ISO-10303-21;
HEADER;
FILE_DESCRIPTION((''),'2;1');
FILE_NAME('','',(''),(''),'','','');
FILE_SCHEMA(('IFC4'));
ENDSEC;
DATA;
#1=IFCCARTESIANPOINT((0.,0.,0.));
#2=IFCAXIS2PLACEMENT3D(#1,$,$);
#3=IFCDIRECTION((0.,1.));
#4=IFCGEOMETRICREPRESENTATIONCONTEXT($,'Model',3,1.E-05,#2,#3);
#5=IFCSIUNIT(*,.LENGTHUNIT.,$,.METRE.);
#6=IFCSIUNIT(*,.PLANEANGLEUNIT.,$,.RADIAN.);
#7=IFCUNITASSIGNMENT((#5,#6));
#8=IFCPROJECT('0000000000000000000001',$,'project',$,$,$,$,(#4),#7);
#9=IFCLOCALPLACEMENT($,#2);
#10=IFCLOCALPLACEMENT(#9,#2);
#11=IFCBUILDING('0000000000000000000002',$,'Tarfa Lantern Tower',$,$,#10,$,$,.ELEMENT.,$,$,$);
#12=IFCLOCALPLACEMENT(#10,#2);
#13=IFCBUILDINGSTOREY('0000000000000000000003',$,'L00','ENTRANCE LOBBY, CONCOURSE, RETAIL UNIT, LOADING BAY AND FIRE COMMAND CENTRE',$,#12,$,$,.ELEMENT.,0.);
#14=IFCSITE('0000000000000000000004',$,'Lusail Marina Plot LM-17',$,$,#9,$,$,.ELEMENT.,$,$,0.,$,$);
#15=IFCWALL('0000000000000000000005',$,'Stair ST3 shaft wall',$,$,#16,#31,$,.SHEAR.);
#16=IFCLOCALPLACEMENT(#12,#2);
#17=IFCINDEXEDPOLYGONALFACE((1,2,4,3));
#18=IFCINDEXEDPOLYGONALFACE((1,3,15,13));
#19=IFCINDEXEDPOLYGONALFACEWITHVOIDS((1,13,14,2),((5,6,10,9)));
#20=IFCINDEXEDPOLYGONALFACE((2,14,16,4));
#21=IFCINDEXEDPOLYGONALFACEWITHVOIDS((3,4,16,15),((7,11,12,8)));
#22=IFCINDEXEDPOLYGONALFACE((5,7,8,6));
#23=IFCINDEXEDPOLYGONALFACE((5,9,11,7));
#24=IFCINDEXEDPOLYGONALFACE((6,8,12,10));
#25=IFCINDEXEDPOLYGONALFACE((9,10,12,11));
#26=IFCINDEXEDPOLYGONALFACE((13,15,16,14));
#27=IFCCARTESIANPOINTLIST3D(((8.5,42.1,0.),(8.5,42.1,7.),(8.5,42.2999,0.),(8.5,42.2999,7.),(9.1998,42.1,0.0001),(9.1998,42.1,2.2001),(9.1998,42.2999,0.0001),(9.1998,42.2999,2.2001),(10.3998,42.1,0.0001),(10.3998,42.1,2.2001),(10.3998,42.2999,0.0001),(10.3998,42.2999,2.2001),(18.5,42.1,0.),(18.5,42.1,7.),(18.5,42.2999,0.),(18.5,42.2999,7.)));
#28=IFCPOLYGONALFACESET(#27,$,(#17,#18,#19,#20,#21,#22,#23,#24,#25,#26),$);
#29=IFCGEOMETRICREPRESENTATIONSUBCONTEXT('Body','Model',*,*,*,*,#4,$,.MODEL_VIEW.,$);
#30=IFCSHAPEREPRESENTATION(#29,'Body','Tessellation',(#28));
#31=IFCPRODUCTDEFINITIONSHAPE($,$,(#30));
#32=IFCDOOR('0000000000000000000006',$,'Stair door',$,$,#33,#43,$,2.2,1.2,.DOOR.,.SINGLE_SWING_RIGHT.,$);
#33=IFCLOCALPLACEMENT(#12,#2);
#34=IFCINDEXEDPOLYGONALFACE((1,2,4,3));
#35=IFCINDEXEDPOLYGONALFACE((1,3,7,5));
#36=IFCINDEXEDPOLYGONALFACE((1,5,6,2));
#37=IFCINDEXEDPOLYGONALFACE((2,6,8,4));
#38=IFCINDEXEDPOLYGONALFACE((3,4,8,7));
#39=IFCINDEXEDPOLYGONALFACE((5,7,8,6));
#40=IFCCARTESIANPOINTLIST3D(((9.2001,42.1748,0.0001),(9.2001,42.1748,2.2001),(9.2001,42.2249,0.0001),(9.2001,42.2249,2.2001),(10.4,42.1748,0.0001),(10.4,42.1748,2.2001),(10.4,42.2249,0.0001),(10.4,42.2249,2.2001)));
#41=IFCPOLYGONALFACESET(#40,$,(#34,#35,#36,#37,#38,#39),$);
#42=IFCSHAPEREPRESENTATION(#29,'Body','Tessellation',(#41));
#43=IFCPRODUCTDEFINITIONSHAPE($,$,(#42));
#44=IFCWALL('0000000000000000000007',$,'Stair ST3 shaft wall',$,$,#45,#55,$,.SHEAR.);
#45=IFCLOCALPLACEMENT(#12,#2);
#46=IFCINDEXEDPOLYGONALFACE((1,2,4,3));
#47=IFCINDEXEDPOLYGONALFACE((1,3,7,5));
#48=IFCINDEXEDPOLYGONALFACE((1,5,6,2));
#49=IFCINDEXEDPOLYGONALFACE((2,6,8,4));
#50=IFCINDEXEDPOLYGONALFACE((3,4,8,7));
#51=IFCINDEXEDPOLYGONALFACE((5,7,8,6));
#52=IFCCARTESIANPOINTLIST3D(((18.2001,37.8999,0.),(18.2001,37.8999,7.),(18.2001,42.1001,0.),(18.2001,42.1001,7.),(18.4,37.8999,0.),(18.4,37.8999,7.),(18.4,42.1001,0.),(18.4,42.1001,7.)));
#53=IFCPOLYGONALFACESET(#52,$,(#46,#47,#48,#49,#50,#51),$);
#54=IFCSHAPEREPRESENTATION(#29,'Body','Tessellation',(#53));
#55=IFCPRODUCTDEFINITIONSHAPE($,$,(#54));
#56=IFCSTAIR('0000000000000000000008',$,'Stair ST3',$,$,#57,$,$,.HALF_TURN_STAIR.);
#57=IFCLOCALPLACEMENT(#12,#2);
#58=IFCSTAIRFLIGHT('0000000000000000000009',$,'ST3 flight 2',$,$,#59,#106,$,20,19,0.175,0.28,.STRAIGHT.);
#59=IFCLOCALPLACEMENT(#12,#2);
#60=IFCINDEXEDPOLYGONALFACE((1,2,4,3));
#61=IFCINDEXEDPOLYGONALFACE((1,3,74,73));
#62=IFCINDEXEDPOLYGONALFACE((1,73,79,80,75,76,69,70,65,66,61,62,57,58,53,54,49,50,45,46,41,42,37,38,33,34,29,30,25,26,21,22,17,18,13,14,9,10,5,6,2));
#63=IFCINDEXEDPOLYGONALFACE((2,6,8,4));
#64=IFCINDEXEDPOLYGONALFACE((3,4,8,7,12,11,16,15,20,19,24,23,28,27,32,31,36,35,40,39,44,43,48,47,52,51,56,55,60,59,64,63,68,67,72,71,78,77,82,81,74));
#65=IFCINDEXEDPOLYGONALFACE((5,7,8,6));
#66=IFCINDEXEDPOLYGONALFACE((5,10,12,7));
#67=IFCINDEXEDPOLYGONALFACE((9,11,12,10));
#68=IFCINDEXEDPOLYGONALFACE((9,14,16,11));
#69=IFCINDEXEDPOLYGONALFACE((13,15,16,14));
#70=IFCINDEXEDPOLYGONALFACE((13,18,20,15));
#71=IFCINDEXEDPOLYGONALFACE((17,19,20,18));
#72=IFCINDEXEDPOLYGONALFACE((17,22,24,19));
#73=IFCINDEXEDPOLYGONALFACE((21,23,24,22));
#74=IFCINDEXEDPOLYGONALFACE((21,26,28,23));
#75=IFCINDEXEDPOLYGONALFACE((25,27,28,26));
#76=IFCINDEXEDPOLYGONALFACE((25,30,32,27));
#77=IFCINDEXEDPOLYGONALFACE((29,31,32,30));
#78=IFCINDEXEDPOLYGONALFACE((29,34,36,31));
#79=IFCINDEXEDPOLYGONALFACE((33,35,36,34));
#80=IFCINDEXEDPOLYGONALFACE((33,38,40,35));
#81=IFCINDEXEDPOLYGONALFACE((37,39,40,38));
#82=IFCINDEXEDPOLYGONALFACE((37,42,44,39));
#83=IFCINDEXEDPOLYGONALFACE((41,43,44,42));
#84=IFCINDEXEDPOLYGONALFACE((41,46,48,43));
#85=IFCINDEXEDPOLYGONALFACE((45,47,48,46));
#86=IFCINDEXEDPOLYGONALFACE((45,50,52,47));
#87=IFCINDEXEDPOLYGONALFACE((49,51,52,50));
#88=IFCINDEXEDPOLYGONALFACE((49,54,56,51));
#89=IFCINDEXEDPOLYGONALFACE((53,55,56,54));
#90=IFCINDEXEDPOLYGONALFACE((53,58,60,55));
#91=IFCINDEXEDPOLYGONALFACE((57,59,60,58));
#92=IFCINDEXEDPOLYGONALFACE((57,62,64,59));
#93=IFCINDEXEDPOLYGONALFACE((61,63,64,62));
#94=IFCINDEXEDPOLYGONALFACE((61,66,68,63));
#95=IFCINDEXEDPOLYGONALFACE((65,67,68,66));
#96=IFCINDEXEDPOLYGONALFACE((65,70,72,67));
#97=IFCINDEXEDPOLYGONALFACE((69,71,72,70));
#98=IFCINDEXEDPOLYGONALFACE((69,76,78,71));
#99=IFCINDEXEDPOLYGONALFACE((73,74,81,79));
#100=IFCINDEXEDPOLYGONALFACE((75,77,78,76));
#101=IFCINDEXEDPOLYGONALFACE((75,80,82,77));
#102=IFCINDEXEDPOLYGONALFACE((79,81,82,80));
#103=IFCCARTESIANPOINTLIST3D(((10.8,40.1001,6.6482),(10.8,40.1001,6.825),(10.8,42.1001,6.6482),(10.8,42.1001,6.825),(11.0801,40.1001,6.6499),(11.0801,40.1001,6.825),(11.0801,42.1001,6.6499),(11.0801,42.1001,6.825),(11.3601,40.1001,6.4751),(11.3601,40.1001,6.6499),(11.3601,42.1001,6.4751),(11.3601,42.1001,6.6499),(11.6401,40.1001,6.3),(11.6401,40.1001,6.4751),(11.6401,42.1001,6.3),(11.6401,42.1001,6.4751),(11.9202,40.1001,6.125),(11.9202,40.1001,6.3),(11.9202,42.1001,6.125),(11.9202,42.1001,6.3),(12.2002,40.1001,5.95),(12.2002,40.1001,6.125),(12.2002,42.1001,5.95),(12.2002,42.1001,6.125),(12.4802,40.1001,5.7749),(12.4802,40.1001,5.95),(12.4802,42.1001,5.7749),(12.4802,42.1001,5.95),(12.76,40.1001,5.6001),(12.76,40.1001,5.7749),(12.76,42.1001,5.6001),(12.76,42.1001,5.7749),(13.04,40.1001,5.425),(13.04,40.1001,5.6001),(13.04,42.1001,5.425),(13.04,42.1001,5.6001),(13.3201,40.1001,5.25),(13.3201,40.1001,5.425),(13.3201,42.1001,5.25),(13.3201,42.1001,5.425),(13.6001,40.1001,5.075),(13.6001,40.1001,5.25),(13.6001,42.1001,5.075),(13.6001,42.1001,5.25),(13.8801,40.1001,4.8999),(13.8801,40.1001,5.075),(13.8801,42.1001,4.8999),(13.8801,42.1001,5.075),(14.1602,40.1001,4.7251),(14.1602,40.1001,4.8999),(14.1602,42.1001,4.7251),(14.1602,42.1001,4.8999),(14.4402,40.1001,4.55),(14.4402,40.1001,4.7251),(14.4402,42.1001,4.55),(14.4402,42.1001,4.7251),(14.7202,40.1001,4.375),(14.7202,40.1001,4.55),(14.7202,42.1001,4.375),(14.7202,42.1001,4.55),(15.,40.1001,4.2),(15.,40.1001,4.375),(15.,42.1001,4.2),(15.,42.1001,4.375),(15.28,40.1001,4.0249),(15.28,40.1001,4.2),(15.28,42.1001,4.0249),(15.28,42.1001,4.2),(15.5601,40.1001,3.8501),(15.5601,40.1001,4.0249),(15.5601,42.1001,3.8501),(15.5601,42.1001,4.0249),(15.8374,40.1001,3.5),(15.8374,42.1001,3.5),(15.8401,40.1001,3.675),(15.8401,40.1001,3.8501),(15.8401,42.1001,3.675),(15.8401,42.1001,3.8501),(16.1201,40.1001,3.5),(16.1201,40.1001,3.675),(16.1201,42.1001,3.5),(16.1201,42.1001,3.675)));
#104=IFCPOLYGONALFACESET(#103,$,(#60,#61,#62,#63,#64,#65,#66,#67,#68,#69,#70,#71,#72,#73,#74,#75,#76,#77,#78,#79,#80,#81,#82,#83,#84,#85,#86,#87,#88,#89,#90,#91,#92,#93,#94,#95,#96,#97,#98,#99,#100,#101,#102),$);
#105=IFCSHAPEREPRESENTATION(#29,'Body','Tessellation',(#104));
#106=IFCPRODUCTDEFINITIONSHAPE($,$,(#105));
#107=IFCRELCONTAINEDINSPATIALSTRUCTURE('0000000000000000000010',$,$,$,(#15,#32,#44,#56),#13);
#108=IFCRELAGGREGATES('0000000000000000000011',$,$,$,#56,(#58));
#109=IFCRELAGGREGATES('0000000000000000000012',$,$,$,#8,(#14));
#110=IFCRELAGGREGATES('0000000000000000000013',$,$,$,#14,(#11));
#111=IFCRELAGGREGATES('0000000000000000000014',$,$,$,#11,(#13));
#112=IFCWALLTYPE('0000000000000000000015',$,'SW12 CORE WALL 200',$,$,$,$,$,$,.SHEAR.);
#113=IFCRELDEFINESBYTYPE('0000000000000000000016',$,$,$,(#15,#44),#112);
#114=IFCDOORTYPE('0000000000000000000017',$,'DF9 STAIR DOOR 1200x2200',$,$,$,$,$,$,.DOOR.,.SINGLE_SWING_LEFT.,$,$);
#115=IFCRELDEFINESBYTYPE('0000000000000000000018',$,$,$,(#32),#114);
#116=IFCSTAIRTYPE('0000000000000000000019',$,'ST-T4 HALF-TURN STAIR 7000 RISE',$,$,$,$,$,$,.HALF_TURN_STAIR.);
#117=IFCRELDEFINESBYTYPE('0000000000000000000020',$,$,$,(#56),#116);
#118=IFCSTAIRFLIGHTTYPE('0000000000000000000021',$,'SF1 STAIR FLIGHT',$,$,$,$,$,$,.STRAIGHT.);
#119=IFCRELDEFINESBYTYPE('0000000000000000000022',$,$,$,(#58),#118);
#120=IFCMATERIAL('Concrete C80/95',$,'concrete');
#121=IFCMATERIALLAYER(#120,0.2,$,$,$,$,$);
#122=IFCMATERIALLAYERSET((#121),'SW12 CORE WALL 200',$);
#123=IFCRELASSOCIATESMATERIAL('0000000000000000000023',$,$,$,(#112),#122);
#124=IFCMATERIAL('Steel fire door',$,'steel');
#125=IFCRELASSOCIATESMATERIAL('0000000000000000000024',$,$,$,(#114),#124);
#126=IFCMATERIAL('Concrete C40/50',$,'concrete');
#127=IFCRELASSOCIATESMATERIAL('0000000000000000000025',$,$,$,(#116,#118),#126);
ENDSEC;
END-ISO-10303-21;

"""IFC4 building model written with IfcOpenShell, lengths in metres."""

from ifc_helpers import new_model, si_unit, direction, frame, frame_2d, origin, place, context, subcontext, project, spatial, polyline, rectangle, outline, extrude, material, layer, layer_set, type_object, element, fill, aggregate, save


model = new_model("IFC4")

# Units and contexts
model_context = context("Model", 3, precision=1e-05, world=origin(), true_north=direction((0.0, 1.0)))
body_context = subcontext(model_context, "Body", "Model", "MODEL_VIEW")
ifc_project = project(units=[si_unit("LENGTHUNIT", "METRE"), si_unit("PLANEANGLEUNIT", "RADIAN")], contexts=[model_context])

# Site, building, storey
site_placement = place(None, origin())
site = spatial("IfcSite", under=ifc_project, at=site_placement, Name="Lusail Marina Plot LM-17", CompositionType="ELEMENT", RefElevation=0.0)
building_placement = place(site_placement, origin())
building = spatial("IfcBuilding", under=site, at=building_placement, Name="Tarfa Lantern Tower", CompositionType="ELEMENT")
storey_placement = place(building_placement, origin())
storey = spatial("IfcBuildingStorey", under=building, at=storey_placement, Name="L00", Description="ENTRANCE LOBBY, CONCOURSE, RETAIL UNIT, LOADING BAY AND FIRE COMMAND CENTRE", CompositionType="ELEMENT", Elevation=0.0)

# Shared definitions
ifc_material_1 = material(Name="Concrete C80/95", Category="concrete")

# Wall, opening, door
ifc_layer_1 = layer(ifc_material_1, 0.2)
ifc_layer_set_1 = layer_set([ifc_layer_1], Name="SW12 CORE WALL 200")
wall_type_1 = type_object("IfcWallType", Name="SW12 CORE WALL 200", PredefinedType="SHEAR", material=ifc_layer_set_1)
wall_1_placement = place(storey_placement, frame((18.5, 42.2, 0.0), z_axis=(0.0, 0.0, 1.0), x_axis=(-1.0, 0.0, 0.0)))
wall_1 = element("IfcWall", 1, at=wall_1_placement, inside=storey, type_object=wall_type_1, Name="Stair ST3 shaft wall", PredefinedType="SHEAR", context=body_context, shape_type="SweptSolid", body=[
    extrude(rectangle(XDim=10.0, YDim=0.2, at=frame_2d((5.0, 0.0))), origin(), (0.0, 0.0, 1.0), 7.0),
])
opening_1_placement = place(wall_1_placement, frame((8.1001, 0.0, 0.0)))
opening_1 = element("IfcOpeningElement", 2, at=opening_1_placement, cuts=wall_1, PredefinedType="OPENING", context=body_context, shape_type="SweptSolid", body=[
    extrude(rectangle(XDim=1.2, YDim=2.2, at=frame_2d((0.6001, 1.1001))), frame((0.0, 0.1099, 0.0), z_axis=(0.0, -1.0, 0.0), x_axis=(1.0, 0.0, 0.0)), (0.0, 0.0, 1.0), 0.22),
])
ifc_material_2 = material(Name="Steel fire door", Category="steel")
door_type_1 = type_object("IfcDoorType", Name="DF9 STAIR DOOR 1200x2200", OperationType="SINGLE_SWING_LEFT", PredefinedType="DOOR", material=ifc_material_2)
door_1_placement = place(opening_1_placement, frame((1.2, 0.0, 0.0), z_axis=(0.0, 0.0, 1.0), x_axis=(-1.0, 0.0, 0.0)))
door_1 = element("IfcDoor", 3, at=door_1_placement, inside=storey, type_object=door_type_1, Name="Stair door", OperationType="SINGLE_SWING_RIGHT", OverallHeight=2.2, OverallWidth=1.2, PredefinedType="DOOR", context=body_context, shape_type="SweptSolid", body=[
    extrude(rectangle(XDim=1.2, YDim=2.2, at=frame_2d((0.6001, 1.1001))), frame((0.0, 0.0249, 0.0), z_axis=(0.0, -1.0, 0.0), x_axis=(1.0, 0.0, 0.0)), (0.0, 0.0, 1.0), 0.05),
])
fill(opening_1, door_1)

# Wall
wall_2_placement = place(storey_placement, frame((18.3, 37.8999, 0.0), z_axis=(0.0, 0.0, 1.0), x_axis=(0.0, 1.0, 0.0)))
element("IfcWall", 4, at=wall_2_placement, inside=storey, type_object=wall_type_1, Name="Stair ST3 shaft wall", PredefinedType="SHEAR", context=body_context, shape_type="SweptSolid", body=[
    extrude(rectangle(XDim=4.2002, YDim=0.2, at=frame_2d((2.1001, 0.0))), origin(), (0.0, 0.0, 1.0), 7.0),
])

# Stair, stair flight
ifc_material_3 = material(Name="Concrete C40/50", Category="concrete")
stair_type = type_object("IfcStairType", Name="ST-T4 HALF-TURN STAIR 7000 RISE", PredefinedType="HALF_TURN_STAIR", material=ifc_material_3)
stair_placement = place(storey_placement, origin())
stair = element("IfcStair", 5, at=stair_placement, inside=storey, type_object=stair_type, Name="Stair ST3", PredefinedType="HALF_TURN_STAIR")
stair_flight_type = type_object("IfcStairFlightType", Name="SF1 STAIR FLIGHT", PredefinedType="STRAIGHT", material=ifc_material_3)
stair_flight_placement = place(storey_placement, frame((16.1201, 41.1001, 3.5), z_axis=(0.0, 0.0, 1.0), x_axis=(-1.0, 0.0, 0.0)))
stair_flight = element("IfcStairFlight", 6, at=stair_flight_placement, type_object=stair_flight_type, Name="ST3 flight 2", NumberOfRisers=20, NumberOfTreads=19, PredefinedType="STRAIGHT", RiserHeight=0.175, TreadLength=0.28, context=body_context, shape_type="SweptSolid", body=[
    extrude(outline(polyline([(0.0, 0.0), (0.0, 0.175), (0.28, 0.175), (0.28, 0.3501), (0.5601, 0.3501), (0.5601, 0.5249), (0.8401, 0.5249), (0.8401, 0.7), (1.1201, 0.7), (1.1201, 0.875), (1.3999, 0.875), (1.3999, 1.05), (1.6799, 1.05), (1.6799, 1.2251), (1.96, 1.2251), (1.96, 1.3999), (2.24, 1.3999), (2.24, 1.575), (2.52, 1.575), (2.52, 1.75), (2.8, 1.75), (2.8, 1.925), (3.0801, 1.925), (3.0801, 2.1001), (3.3601, 2.1001), (3.3601, 2.2749), (3.6399, 2.2749), (3.6399, 2.45), (3.9199, 2.45), (3.9199, 2.625), (4.2, 2.625), (4.2, 2.8), (4.48, 2.8), (4.48, 2.9751), (4.76, 2.9751), (4.76, 3.1499), (5.04, 3.1499), (5.04, 3.325), (5.3201, 3.325), (5.3201, 3.5), (5.3201, 3.1482), (0.2827, 0.0), (0.0, 0.0)])), frame((0.0, 1.0, 0.0), z_axis=(0.0, -1.0, 0.0), x_axis=(1.0, 0.0, 0.0)), (0.0, 0.0, 1.0), 2.0),
])
aggregate(stair, [stair_flight])

save(model, "model.ifc")
